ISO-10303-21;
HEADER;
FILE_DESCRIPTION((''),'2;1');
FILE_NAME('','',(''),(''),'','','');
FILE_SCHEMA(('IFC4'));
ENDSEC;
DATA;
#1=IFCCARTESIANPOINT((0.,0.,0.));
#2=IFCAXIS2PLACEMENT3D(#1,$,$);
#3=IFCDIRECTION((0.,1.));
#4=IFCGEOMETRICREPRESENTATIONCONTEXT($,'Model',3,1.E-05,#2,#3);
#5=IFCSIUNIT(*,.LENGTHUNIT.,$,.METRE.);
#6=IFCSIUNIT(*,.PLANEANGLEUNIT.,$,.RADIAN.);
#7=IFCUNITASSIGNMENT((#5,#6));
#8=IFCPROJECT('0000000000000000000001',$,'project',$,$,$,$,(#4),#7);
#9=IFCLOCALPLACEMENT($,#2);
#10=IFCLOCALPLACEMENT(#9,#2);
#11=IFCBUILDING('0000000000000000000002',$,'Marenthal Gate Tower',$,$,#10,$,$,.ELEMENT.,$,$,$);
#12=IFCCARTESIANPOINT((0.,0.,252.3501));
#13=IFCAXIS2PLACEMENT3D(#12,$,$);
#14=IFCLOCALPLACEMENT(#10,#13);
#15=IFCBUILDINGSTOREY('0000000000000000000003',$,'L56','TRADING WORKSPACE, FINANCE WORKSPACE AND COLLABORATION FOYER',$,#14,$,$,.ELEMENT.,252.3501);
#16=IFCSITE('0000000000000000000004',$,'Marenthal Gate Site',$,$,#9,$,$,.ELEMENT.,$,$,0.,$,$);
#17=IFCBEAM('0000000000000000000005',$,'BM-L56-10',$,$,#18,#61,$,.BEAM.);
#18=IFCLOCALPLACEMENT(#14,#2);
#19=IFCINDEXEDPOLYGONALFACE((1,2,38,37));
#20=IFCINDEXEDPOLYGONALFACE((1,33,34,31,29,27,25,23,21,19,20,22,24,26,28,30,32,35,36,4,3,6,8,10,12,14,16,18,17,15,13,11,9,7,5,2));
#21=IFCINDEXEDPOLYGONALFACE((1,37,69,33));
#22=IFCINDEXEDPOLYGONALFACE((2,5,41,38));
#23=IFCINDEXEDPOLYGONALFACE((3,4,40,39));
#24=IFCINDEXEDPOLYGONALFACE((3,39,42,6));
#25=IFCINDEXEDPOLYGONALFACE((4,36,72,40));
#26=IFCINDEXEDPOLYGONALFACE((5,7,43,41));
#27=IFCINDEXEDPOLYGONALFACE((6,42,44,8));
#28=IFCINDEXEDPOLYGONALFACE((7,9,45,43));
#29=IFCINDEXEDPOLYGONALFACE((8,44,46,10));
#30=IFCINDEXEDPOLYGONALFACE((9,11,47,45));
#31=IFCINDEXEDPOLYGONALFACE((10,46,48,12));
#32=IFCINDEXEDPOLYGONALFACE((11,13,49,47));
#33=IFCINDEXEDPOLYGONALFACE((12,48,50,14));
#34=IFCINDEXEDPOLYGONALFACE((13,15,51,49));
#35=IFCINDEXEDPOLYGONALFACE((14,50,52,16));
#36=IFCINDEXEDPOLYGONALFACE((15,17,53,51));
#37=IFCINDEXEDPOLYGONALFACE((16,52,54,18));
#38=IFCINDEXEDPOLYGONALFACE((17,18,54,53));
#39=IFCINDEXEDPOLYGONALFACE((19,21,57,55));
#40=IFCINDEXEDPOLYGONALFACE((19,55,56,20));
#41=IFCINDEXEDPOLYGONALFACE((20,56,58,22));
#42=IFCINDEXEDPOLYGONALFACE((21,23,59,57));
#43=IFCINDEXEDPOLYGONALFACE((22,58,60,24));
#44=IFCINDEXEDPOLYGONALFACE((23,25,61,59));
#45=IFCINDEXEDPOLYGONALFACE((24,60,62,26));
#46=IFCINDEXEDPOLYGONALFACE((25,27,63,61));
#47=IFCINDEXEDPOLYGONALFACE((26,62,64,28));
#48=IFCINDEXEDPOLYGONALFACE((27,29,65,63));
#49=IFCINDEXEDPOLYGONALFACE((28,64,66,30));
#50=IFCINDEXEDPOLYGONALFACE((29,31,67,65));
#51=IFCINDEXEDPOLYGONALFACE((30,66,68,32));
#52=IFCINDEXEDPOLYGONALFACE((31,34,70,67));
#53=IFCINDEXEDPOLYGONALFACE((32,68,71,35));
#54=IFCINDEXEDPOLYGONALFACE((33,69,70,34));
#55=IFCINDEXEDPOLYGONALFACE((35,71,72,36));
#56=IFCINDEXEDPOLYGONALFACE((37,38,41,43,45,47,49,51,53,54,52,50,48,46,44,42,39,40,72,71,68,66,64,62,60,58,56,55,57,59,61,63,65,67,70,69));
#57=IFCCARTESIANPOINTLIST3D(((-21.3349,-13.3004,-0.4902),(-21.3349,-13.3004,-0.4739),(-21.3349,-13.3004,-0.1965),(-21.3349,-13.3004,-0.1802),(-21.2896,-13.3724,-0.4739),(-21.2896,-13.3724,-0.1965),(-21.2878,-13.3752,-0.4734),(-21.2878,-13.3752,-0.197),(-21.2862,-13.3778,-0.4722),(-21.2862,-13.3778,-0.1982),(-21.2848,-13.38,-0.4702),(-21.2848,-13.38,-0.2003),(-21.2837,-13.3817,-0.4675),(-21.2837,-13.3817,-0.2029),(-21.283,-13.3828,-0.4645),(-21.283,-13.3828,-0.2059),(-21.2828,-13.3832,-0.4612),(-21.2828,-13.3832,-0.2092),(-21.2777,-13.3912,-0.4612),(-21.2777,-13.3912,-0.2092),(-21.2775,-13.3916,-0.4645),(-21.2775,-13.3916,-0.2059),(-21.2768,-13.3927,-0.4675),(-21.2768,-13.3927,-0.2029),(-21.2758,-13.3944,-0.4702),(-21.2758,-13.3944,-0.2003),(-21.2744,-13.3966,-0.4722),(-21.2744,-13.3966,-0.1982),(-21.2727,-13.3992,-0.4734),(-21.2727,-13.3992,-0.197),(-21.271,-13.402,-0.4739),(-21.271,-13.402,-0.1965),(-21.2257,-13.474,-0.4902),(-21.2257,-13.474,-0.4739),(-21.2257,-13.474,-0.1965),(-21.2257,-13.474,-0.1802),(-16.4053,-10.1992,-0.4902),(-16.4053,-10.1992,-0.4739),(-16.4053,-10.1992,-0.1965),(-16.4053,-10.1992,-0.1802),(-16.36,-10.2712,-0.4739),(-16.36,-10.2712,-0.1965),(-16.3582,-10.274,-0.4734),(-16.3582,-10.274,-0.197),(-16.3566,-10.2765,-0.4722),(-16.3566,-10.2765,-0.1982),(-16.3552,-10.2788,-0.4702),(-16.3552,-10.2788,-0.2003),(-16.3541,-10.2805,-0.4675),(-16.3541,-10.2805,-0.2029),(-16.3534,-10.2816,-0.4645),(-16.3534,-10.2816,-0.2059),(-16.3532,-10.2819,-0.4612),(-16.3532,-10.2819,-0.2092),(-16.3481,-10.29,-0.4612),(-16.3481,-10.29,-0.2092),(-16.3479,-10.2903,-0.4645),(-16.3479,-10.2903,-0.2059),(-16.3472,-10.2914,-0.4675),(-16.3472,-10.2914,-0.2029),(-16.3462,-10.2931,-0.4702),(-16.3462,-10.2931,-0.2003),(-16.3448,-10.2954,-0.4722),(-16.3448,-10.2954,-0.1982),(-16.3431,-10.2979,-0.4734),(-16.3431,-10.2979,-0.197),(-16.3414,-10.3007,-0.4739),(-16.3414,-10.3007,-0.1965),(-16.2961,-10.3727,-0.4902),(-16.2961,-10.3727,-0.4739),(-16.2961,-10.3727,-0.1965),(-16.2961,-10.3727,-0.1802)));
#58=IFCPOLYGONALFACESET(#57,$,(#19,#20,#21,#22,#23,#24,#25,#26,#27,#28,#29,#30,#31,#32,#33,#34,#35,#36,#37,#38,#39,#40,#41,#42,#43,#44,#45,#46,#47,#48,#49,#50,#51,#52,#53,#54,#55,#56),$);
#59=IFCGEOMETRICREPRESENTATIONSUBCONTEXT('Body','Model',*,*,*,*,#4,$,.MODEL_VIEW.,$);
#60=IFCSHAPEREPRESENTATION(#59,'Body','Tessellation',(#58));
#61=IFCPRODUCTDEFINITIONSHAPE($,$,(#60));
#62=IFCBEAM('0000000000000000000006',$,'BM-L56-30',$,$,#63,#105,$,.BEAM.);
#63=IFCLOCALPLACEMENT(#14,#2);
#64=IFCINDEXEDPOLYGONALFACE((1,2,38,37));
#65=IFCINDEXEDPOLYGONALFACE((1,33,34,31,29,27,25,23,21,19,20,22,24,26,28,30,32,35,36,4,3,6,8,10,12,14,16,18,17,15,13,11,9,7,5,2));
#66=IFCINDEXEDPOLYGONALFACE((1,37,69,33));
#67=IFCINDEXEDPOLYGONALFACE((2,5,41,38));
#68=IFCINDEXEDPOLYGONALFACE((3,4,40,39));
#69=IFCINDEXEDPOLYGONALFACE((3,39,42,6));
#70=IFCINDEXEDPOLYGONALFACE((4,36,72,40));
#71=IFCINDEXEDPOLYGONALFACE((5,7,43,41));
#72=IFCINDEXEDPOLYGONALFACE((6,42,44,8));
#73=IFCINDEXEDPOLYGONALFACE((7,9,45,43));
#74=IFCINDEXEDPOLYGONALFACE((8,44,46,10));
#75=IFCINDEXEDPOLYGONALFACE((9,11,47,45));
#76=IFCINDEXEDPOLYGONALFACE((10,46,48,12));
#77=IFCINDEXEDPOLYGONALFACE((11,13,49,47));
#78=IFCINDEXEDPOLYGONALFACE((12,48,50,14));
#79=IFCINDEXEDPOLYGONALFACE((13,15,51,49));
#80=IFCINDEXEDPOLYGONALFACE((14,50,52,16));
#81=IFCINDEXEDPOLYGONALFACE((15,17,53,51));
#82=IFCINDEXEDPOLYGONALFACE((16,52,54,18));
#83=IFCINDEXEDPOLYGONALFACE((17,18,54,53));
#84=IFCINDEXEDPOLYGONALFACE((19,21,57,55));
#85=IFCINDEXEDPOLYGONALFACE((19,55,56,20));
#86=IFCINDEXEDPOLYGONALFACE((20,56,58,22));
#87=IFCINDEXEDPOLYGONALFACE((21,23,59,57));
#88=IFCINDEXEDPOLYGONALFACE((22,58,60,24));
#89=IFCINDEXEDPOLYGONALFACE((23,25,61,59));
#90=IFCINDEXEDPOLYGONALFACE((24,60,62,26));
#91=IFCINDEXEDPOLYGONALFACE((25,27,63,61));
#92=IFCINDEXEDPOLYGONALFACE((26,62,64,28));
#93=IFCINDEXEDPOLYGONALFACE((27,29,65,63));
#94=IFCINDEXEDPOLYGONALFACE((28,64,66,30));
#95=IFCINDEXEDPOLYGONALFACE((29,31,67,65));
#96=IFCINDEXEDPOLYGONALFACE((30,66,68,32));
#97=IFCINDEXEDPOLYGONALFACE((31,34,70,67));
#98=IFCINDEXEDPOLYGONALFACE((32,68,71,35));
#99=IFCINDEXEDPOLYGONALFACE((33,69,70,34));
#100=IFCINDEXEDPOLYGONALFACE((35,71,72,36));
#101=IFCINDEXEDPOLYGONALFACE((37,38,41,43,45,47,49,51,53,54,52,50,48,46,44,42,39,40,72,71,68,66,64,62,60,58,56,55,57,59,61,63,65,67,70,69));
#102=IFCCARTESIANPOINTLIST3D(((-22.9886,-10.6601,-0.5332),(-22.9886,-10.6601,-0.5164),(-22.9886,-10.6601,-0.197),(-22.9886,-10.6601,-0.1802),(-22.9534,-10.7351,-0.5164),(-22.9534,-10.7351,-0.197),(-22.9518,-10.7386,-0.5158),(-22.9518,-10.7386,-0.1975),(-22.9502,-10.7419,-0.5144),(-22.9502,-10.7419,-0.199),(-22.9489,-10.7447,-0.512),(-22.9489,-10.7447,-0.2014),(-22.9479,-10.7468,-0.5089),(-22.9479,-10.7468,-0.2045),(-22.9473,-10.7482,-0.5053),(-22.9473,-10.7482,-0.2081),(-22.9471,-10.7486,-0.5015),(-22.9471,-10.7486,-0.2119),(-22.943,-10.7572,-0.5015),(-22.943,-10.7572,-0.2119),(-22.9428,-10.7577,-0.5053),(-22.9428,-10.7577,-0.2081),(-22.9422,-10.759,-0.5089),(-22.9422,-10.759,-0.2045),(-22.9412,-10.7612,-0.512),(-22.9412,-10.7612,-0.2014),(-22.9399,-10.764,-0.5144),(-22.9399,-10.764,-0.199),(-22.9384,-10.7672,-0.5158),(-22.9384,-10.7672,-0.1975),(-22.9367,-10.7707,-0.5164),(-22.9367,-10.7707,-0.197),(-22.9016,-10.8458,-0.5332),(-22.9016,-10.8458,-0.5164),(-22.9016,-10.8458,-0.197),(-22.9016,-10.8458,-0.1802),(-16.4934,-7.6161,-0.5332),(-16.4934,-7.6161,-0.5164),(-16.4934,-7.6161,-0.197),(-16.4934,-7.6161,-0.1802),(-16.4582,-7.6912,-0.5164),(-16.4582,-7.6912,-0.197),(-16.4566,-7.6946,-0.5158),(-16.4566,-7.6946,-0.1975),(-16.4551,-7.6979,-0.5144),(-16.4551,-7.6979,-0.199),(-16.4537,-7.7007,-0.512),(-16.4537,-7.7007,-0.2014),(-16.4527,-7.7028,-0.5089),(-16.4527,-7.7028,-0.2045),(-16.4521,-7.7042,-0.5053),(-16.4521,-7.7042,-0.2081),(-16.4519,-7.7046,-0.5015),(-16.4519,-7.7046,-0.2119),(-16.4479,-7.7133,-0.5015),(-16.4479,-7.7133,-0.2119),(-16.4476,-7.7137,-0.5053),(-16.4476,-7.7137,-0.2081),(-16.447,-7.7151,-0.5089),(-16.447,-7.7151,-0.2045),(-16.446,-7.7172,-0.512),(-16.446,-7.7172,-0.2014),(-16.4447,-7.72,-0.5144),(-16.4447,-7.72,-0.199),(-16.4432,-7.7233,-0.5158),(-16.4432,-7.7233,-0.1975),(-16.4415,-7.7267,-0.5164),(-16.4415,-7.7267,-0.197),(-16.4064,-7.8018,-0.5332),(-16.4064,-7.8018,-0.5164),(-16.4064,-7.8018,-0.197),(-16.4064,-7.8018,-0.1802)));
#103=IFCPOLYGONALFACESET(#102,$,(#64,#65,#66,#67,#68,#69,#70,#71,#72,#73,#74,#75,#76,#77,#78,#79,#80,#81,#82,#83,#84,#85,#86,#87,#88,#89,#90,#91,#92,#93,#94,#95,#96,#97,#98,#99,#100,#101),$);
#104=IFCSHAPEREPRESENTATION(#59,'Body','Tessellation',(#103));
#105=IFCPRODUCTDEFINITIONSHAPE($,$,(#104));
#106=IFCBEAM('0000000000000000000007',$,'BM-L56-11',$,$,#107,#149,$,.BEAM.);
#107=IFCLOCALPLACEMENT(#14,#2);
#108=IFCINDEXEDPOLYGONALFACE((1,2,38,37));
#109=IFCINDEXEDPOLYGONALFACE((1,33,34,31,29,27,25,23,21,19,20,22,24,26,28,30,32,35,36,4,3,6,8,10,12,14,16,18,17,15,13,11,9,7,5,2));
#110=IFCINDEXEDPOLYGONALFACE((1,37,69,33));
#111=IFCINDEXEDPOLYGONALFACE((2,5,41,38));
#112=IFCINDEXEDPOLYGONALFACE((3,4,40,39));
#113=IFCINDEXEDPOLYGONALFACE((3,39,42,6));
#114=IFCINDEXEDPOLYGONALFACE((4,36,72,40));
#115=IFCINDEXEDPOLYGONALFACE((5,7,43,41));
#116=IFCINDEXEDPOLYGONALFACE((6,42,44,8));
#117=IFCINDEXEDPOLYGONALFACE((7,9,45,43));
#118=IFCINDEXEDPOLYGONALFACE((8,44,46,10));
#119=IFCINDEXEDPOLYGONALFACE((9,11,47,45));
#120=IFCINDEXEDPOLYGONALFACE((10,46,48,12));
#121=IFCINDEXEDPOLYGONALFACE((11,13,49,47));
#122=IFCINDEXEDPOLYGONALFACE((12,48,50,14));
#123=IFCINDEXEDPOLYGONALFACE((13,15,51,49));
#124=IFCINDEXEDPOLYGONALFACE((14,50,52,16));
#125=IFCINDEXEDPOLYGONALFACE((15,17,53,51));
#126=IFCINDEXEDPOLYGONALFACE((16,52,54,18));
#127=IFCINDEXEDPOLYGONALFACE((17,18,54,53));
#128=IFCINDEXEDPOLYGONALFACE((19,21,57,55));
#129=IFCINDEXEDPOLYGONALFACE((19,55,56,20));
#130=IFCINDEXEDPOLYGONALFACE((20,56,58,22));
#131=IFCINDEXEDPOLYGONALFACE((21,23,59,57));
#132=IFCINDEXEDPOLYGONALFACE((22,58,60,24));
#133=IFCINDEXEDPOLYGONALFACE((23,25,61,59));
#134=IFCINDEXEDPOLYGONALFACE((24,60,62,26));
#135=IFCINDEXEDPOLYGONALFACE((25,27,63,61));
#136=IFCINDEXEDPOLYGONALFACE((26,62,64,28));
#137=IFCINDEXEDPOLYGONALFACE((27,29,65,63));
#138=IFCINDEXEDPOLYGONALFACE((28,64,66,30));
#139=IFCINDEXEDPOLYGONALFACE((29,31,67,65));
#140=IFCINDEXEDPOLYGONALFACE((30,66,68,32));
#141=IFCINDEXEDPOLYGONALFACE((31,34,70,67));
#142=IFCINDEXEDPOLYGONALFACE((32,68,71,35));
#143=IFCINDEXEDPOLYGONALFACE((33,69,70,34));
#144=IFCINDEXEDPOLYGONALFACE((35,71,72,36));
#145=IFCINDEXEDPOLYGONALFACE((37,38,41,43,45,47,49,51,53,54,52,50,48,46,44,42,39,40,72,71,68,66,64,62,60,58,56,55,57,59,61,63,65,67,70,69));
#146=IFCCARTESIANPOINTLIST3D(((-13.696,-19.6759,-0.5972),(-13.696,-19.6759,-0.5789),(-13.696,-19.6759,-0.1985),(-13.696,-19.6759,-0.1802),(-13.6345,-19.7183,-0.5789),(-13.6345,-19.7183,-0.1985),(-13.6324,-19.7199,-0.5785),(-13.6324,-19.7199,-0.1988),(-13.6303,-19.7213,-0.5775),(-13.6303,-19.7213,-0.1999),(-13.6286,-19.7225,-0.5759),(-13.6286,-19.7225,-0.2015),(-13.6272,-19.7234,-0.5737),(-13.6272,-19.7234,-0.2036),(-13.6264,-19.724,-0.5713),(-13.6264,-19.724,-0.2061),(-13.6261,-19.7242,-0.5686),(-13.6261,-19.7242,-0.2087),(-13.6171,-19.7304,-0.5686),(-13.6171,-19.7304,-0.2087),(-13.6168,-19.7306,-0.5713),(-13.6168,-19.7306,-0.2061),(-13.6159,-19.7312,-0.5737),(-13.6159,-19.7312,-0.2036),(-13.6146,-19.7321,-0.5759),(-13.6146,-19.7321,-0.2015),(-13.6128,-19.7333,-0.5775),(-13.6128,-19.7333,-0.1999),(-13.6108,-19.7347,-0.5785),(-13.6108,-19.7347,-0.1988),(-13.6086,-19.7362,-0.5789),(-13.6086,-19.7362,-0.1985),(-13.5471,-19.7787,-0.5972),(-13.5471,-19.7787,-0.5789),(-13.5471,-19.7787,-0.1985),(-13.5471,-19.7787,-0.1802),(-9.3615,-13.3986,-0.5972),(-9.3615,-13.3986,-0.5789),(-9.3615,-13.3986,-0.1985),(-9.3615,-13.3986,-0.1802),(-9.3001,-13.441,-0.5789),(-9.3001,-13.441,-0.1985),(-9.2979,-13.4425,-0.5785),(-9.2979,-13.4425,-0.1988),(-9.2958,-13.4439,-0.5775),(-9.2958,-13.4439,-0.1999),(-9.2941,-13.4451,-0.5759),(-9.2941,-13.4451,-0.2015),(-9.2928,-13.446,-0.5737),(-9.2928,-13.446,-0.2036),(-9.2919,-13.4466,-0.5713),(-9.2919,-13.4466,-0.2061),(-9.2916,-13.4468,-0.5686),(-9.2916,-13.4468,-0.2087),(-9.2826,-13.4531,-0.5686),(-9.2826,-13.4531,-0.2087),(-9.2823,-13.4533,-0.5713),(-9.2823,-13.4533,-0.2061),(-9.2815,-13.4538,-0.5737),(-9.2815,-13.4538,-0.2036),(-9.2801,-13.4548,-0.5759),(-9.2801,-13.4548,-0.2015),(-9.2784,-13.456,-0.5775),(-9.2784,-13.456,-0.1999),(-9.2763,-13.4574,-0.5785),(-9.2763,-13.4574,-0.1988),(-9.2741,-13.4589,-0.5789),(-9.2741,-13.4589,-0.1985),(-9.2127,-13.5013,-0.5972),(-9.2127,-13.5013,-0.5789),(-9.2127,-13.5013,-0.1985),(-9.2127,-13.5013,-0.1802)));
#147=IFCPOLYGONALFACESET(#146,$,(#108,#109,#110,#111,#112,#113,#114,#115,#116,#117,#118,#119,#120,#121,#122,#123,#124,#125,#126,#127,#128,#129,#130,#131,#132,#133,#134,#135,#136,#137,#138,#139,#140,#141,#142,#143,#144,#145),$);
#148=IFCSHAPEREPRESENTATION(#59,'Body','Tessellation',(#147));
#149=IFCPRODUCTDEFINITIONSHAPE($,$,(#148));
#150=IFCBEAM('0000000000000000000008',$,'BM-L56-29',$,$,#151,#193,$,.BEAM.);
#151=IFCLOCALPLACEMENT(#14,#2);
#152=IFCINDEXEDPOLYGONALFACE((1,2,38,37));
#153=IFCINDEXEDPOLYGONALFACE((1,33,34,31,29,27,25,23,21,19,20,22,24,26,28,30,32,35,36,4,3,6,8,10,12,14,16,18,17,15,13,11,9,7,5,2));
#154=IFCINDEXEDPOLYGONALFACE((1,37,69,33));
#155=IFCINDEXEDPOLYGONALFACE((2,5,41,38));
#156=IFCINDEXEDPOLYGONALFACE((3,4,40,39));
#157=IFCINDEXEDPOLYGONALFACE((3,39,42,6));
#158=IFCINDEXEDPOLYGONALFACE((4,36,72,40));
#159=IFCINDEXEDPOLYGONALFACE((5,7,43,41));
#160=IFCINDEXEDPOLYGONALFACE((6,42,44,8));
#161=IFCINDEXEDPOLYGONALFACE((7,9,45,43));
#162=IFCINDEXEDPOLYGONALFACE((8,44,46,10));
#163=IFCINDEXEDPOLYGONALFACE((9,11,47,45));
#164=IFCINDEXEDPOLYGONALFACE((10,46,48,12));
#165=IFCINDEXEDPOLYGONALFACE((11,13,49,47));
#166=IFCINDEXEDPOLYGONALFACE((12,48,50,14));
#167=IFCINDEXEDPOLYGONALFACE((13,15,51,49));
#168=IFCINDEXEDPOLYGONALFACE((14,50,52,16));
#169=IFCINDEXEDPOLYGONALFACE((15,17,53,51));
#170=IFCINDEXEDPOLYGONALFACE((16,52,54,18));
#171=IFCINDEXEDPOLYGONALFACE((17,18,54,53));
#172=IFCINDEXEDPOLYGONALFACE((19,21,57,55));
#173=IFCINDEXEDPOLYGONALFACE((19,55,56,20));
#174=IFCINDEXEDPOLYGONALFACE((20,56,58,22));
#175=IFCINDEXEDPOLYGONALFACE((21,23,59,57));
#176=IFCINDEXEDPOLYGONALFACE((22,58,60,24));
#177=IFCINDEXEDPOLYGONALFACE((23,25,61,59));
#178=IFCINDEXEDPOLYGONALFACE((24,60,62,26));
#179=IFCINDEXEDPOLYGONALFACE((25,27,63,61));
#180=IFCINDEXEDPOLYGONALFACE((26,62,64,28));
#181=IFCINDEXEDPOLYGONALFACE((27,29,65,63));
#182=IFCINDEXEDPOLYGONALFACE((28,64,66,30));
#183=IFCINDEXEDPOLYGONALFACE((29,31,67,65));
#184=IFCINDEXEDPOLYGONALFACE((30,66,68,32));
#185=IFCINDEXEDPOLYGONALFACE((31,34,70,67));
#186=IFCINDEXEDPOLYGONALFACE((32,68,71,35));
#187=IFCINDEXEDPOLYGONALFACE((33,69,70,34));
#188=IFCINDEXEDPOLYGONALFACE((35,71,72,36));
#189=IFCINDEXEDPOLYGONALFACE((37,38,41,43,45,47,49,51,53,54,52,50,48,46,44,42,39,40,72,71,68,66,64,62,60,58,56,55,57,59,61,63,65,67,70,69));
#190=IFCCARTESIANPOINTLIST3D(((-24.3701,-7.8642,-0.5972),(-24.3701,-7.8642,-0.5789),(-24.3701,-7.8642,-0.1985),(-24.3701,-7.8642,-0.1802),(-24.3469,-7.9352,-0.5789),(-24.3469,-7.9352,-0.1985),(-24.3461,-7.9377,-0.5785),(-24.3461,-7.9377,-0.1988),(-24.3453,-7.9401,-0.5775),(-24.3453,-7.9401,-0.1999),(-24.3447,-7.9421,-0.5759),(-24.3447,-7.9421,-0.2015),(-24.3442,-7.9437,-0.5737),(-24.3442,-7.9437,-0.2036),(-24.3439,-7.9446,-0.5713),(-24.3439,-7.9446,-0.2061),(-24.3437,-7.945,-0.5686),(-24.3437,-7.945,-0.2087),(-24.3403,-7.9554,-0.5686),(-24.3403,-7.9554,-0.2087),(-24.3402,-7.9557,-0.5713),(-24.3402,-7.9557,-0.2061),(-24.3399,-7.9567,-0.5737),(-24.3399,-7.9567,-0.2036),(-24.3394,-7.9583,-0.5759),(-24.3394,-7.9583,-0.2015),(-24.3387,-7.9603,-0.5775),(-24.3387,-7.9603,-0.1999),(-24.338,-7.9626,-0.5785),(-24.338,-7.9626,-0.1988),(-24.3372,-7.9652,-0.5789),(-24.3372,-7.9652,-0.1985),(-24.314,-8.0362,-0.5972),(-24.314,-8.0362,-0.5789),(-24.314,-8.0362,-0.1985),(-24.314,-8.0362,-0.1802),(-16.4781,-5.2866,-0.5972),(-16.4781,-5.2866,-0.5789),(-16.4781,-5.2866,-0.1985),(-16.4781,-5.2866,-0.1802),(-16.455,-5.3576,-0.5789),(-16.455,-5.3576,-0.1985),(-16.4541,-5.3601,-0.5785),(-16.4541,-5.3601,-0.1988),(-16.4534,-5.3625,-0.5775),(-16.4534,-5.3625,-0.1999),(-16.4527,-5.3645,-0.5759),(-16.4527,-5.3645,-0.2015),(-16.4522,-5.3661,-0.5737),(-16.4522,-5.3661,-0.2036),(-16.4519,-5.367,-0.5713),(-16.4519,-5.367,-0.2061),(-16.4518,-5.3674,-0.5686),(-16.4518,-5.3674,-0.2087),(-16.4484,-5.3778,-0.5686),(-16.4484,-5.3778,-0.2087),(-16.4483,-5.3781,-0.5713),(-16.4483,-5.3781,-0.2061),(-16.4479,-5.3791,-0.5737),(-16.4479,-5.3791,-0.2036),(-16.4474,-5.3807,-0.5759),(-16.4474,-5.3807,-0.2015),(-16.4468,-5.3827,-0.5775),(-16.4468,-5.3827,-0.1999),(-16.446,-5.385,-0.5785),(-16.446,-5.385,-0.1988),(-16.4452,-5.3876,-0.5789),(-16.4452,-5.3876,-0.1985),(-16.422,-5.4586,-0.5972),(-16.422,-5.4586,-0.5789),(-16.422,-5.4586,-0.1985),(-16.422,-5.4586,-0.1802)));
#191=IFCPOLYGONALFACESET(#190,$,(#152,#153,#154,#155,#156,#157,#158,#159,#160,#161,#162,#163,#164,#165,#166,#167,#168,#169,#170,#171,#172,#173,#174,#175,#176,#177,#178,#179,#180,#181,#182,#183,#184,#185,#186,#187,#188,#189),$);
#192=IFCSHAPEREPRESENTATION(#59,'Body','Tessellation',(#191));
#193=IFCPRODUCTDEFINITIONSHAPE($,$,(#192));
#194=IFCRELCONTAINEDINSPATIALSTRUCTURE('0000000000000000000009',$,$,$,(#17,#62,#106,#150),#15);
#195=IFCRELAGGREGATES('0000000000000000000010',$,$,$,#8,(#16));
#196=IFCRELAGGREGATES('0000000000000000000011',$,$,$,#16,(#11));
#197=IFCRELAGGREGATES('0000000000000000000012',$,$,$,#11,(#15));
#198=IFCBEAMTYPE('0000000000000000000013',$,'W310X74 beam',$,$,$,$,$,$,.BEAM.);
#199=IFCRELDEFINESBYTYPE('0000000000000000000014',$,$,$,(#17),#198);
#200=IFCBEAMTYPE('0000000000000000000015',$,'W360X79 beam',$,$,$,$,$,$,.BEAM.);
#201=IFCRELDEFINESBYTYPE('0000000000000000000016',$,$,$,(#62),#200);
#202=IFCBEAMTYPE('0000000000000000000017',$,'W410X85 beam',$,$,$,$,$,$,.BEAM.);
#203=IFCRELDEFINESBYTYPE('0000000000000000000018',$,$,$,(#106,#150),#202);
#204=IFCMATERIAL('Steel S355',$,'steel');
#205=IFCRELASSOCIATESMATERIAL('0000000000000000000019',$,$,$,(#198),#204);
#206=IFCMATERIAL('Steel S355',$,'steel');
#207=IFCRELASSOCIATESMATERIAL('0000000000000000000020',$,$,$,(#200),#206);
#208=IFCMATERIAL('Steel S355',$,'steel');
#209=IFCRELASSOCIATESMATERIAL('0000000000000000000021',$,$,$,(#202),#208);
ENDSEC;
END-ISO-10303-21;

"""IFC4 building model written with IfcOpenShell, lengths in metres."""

from ifc_helpers import new_model, si_unit, direction, frame, origin, origin_2d, place, context, subcontext, project, spatial, i_section, extrude, material, material_profile, profile_set, type_object, element, save


model = new_model("IFC4")

# Units and contexts
model_context = context("Model", 3, precision=1e-05, world=origin(), true_north=direction((0.0, 1.0)))
body_context = subcontext(model_context, "Body", "Model", "MODEL_VIEW")
ifc_project = project(units=[si_unit("LENGTHUNIT", "METRE"), si_unit("PLANEANGLEUNIT", "RADIAN")], contexts=[model_context])

# Site, building, storey
site_placement = place(None, origin())
site = spatial("IfcSite", under=ifc_project, at=site_placement, Name="Marenthal Gate Site", CompositionType="ELEMENT", RefElevation=0.0)
building_placement = place(site_placement, origin())
building = spatial("IfcBuilding", under=site, at=building_placement, Name="Marenthal Gate Tower", CompositionType="ELEMENT")
storey_placement = place(building_placement, frame((0.0, 0.0, 252.3501)))
storey = spatial("IfcBuildingStorey", under=building, at=storey_placement, Name="L56", Description="TRADING WORKSPACE, FINANCE WORKSPACE AND COLLABORATION FOYER", CompositionType="ELEMENT", Elevation=252.3501)

# Beams
ifc_material_1 = material(Name="Steel S355", Category="steel")
ifc_material_profile_1 = material_profile(ifc_material_1, i_section(OverallWidth=0.2051, OverallDepth=0.3101, WebThickness=0.0095, FlangeThickness=0.0164, FilletRadius=0.0127, at=origin_2d()), Name="W310X74")
ifc_profile_set_1 = profile_set([ifc_material_profile_1], Name="Steel S355")
beam_type_1 = type_object("IfcBeamType", Name="W310X74 beam", PredefinedType="BEAM", material=ifc_profile_set_1)
beam_1_placement = place(storey_placement, frame((-21.2803, -13.3872, -0.3352), z_axis=(0.846431, 0.532499, 0.0), x_axis=(-0.532499, 0.846431, 0.0)))
element("IfcBeam", 1, at=beam_1_placement, inside=storey, type_object=beam_type_1, Name="BM-L56-10", PredefinedType="BEAM", context=body_context, shape_type="SweptSolid", body=[
    extrude(i_section(OverallWidth=0.2051, OverallDepth=0.3101, WebThickness=0.0095, FlangeThickness=0.0164, FilletRadius=0.0127, at=origin_2d()), origin(), (0.0, 0.0, 1.0), 5.824),
])
ifc_material_2 = material(Name="Steel S355", Category="steel")
ifc_material_profile_2 = material_profile(ifc_material_2, i_section(OverallWidth=0.2051, OverallDepth=0.353, WebThickness=0.0095, FlangeThickness=0.0168, FilletRadius=0.0149, at=origin_2d()), Name="W360X79")
ifc_profile_set_2 = profile_set([ifc_material_profile_2], Name="Steel S355")
beam_type_2 = type_object("IfcBeamType", Name="W360X79 beam", PredefinedType="BEAM", material=ifc_profile_set_2)
beam_2_placement = place(storey_placement, frame((-22.9451, -10.7529, -0.3567), z_axis=(0.905493, 0.424361, 0.0), x_axis=(-0.424361, 0.905493, 0.0)))
element("IfcBeam", 2, at=beam_2_placement, inside=storey, type_object=beam_type_2, Name="BM-L56-30", PredefinedType="BEAM", context=body_context, shape_type="SweptSolid", body=[
    extrude(i_section(OverallWidth=0.2051, OverallDepth=0.353, WebThickness=0.0095, FlangeThickness=0.0168, FilletRadius=0.0149, at=origin_2d()), origin(), (0.0, 0.0, 1.0), 7.1731),
])
ifc_material_3 = material(Name="Steel S355", Category="steel")
ifc_material_profile_3 = material_profile(ifc_material_3, i_section(OverallWidth=0.1809, OverallDepth=0.417, WebThickness=0.011, FlangeThickness=0.0183, FilletRadius=0.0103, at=origin_2d()), Name="W410X85")
ifc_profile_set_3 = profile_set([ifc_material_profile_3], Name="Steel S355")
beam_type_3 = type_object("IfcBeamType", Name="W410X85 beam", PredefinedType="BEAM", material=ifc_profile_set_3)
beam_3_placement = place(storey_placement, frame((-13.6216, -19.7273, -0.3887), z_axis=(0.568201, 0.82289, 0.0), x_axis=(-0.82289, 0.568201, 0.0)))
element("IfcBeam", 3, at=beam_3_placement, inside=storey, type_object=beam_type_3, Name="BM-L56-11", PredefinedType="BEAM", context=body_context, shape_type="SweptSolid", body=[
    extrude(i_section(OverallWidth=0.1809, OverallDepth=0.417, WebThickness=0.011, FlangeThickness=0.0183, FilletRadius=0.0103, at=origin_2d()), origin(), (0.0, 0.0, 1.0), 7.6284),
])
beam_4_placement = place(storey_placement, frame((-24.342, -7.9502, -0.3887), z_axis=(0.950583, 0.31047, 0.0), x_axis=(-0.31047, 0.950583, 0.0)))
element("IfcBeam", 4, at=beam_4_placement, inside=storey, type_object=beam_type_3, Name="BM-L56-29", PredefinedType="BEAM", context=body_context, shape_type="SweptSolid", body=[
    extrude(i_section(OverallWidth=0.1809, OverallDepth=0.417, WebThickness=0.011, FlangeThickness=0.0183, FilletRadius=0.0103, at=origin_2d()), origin(), (0.0, 0.0, 1.0), 8.3022),
])

save(model, "model.ifc")
